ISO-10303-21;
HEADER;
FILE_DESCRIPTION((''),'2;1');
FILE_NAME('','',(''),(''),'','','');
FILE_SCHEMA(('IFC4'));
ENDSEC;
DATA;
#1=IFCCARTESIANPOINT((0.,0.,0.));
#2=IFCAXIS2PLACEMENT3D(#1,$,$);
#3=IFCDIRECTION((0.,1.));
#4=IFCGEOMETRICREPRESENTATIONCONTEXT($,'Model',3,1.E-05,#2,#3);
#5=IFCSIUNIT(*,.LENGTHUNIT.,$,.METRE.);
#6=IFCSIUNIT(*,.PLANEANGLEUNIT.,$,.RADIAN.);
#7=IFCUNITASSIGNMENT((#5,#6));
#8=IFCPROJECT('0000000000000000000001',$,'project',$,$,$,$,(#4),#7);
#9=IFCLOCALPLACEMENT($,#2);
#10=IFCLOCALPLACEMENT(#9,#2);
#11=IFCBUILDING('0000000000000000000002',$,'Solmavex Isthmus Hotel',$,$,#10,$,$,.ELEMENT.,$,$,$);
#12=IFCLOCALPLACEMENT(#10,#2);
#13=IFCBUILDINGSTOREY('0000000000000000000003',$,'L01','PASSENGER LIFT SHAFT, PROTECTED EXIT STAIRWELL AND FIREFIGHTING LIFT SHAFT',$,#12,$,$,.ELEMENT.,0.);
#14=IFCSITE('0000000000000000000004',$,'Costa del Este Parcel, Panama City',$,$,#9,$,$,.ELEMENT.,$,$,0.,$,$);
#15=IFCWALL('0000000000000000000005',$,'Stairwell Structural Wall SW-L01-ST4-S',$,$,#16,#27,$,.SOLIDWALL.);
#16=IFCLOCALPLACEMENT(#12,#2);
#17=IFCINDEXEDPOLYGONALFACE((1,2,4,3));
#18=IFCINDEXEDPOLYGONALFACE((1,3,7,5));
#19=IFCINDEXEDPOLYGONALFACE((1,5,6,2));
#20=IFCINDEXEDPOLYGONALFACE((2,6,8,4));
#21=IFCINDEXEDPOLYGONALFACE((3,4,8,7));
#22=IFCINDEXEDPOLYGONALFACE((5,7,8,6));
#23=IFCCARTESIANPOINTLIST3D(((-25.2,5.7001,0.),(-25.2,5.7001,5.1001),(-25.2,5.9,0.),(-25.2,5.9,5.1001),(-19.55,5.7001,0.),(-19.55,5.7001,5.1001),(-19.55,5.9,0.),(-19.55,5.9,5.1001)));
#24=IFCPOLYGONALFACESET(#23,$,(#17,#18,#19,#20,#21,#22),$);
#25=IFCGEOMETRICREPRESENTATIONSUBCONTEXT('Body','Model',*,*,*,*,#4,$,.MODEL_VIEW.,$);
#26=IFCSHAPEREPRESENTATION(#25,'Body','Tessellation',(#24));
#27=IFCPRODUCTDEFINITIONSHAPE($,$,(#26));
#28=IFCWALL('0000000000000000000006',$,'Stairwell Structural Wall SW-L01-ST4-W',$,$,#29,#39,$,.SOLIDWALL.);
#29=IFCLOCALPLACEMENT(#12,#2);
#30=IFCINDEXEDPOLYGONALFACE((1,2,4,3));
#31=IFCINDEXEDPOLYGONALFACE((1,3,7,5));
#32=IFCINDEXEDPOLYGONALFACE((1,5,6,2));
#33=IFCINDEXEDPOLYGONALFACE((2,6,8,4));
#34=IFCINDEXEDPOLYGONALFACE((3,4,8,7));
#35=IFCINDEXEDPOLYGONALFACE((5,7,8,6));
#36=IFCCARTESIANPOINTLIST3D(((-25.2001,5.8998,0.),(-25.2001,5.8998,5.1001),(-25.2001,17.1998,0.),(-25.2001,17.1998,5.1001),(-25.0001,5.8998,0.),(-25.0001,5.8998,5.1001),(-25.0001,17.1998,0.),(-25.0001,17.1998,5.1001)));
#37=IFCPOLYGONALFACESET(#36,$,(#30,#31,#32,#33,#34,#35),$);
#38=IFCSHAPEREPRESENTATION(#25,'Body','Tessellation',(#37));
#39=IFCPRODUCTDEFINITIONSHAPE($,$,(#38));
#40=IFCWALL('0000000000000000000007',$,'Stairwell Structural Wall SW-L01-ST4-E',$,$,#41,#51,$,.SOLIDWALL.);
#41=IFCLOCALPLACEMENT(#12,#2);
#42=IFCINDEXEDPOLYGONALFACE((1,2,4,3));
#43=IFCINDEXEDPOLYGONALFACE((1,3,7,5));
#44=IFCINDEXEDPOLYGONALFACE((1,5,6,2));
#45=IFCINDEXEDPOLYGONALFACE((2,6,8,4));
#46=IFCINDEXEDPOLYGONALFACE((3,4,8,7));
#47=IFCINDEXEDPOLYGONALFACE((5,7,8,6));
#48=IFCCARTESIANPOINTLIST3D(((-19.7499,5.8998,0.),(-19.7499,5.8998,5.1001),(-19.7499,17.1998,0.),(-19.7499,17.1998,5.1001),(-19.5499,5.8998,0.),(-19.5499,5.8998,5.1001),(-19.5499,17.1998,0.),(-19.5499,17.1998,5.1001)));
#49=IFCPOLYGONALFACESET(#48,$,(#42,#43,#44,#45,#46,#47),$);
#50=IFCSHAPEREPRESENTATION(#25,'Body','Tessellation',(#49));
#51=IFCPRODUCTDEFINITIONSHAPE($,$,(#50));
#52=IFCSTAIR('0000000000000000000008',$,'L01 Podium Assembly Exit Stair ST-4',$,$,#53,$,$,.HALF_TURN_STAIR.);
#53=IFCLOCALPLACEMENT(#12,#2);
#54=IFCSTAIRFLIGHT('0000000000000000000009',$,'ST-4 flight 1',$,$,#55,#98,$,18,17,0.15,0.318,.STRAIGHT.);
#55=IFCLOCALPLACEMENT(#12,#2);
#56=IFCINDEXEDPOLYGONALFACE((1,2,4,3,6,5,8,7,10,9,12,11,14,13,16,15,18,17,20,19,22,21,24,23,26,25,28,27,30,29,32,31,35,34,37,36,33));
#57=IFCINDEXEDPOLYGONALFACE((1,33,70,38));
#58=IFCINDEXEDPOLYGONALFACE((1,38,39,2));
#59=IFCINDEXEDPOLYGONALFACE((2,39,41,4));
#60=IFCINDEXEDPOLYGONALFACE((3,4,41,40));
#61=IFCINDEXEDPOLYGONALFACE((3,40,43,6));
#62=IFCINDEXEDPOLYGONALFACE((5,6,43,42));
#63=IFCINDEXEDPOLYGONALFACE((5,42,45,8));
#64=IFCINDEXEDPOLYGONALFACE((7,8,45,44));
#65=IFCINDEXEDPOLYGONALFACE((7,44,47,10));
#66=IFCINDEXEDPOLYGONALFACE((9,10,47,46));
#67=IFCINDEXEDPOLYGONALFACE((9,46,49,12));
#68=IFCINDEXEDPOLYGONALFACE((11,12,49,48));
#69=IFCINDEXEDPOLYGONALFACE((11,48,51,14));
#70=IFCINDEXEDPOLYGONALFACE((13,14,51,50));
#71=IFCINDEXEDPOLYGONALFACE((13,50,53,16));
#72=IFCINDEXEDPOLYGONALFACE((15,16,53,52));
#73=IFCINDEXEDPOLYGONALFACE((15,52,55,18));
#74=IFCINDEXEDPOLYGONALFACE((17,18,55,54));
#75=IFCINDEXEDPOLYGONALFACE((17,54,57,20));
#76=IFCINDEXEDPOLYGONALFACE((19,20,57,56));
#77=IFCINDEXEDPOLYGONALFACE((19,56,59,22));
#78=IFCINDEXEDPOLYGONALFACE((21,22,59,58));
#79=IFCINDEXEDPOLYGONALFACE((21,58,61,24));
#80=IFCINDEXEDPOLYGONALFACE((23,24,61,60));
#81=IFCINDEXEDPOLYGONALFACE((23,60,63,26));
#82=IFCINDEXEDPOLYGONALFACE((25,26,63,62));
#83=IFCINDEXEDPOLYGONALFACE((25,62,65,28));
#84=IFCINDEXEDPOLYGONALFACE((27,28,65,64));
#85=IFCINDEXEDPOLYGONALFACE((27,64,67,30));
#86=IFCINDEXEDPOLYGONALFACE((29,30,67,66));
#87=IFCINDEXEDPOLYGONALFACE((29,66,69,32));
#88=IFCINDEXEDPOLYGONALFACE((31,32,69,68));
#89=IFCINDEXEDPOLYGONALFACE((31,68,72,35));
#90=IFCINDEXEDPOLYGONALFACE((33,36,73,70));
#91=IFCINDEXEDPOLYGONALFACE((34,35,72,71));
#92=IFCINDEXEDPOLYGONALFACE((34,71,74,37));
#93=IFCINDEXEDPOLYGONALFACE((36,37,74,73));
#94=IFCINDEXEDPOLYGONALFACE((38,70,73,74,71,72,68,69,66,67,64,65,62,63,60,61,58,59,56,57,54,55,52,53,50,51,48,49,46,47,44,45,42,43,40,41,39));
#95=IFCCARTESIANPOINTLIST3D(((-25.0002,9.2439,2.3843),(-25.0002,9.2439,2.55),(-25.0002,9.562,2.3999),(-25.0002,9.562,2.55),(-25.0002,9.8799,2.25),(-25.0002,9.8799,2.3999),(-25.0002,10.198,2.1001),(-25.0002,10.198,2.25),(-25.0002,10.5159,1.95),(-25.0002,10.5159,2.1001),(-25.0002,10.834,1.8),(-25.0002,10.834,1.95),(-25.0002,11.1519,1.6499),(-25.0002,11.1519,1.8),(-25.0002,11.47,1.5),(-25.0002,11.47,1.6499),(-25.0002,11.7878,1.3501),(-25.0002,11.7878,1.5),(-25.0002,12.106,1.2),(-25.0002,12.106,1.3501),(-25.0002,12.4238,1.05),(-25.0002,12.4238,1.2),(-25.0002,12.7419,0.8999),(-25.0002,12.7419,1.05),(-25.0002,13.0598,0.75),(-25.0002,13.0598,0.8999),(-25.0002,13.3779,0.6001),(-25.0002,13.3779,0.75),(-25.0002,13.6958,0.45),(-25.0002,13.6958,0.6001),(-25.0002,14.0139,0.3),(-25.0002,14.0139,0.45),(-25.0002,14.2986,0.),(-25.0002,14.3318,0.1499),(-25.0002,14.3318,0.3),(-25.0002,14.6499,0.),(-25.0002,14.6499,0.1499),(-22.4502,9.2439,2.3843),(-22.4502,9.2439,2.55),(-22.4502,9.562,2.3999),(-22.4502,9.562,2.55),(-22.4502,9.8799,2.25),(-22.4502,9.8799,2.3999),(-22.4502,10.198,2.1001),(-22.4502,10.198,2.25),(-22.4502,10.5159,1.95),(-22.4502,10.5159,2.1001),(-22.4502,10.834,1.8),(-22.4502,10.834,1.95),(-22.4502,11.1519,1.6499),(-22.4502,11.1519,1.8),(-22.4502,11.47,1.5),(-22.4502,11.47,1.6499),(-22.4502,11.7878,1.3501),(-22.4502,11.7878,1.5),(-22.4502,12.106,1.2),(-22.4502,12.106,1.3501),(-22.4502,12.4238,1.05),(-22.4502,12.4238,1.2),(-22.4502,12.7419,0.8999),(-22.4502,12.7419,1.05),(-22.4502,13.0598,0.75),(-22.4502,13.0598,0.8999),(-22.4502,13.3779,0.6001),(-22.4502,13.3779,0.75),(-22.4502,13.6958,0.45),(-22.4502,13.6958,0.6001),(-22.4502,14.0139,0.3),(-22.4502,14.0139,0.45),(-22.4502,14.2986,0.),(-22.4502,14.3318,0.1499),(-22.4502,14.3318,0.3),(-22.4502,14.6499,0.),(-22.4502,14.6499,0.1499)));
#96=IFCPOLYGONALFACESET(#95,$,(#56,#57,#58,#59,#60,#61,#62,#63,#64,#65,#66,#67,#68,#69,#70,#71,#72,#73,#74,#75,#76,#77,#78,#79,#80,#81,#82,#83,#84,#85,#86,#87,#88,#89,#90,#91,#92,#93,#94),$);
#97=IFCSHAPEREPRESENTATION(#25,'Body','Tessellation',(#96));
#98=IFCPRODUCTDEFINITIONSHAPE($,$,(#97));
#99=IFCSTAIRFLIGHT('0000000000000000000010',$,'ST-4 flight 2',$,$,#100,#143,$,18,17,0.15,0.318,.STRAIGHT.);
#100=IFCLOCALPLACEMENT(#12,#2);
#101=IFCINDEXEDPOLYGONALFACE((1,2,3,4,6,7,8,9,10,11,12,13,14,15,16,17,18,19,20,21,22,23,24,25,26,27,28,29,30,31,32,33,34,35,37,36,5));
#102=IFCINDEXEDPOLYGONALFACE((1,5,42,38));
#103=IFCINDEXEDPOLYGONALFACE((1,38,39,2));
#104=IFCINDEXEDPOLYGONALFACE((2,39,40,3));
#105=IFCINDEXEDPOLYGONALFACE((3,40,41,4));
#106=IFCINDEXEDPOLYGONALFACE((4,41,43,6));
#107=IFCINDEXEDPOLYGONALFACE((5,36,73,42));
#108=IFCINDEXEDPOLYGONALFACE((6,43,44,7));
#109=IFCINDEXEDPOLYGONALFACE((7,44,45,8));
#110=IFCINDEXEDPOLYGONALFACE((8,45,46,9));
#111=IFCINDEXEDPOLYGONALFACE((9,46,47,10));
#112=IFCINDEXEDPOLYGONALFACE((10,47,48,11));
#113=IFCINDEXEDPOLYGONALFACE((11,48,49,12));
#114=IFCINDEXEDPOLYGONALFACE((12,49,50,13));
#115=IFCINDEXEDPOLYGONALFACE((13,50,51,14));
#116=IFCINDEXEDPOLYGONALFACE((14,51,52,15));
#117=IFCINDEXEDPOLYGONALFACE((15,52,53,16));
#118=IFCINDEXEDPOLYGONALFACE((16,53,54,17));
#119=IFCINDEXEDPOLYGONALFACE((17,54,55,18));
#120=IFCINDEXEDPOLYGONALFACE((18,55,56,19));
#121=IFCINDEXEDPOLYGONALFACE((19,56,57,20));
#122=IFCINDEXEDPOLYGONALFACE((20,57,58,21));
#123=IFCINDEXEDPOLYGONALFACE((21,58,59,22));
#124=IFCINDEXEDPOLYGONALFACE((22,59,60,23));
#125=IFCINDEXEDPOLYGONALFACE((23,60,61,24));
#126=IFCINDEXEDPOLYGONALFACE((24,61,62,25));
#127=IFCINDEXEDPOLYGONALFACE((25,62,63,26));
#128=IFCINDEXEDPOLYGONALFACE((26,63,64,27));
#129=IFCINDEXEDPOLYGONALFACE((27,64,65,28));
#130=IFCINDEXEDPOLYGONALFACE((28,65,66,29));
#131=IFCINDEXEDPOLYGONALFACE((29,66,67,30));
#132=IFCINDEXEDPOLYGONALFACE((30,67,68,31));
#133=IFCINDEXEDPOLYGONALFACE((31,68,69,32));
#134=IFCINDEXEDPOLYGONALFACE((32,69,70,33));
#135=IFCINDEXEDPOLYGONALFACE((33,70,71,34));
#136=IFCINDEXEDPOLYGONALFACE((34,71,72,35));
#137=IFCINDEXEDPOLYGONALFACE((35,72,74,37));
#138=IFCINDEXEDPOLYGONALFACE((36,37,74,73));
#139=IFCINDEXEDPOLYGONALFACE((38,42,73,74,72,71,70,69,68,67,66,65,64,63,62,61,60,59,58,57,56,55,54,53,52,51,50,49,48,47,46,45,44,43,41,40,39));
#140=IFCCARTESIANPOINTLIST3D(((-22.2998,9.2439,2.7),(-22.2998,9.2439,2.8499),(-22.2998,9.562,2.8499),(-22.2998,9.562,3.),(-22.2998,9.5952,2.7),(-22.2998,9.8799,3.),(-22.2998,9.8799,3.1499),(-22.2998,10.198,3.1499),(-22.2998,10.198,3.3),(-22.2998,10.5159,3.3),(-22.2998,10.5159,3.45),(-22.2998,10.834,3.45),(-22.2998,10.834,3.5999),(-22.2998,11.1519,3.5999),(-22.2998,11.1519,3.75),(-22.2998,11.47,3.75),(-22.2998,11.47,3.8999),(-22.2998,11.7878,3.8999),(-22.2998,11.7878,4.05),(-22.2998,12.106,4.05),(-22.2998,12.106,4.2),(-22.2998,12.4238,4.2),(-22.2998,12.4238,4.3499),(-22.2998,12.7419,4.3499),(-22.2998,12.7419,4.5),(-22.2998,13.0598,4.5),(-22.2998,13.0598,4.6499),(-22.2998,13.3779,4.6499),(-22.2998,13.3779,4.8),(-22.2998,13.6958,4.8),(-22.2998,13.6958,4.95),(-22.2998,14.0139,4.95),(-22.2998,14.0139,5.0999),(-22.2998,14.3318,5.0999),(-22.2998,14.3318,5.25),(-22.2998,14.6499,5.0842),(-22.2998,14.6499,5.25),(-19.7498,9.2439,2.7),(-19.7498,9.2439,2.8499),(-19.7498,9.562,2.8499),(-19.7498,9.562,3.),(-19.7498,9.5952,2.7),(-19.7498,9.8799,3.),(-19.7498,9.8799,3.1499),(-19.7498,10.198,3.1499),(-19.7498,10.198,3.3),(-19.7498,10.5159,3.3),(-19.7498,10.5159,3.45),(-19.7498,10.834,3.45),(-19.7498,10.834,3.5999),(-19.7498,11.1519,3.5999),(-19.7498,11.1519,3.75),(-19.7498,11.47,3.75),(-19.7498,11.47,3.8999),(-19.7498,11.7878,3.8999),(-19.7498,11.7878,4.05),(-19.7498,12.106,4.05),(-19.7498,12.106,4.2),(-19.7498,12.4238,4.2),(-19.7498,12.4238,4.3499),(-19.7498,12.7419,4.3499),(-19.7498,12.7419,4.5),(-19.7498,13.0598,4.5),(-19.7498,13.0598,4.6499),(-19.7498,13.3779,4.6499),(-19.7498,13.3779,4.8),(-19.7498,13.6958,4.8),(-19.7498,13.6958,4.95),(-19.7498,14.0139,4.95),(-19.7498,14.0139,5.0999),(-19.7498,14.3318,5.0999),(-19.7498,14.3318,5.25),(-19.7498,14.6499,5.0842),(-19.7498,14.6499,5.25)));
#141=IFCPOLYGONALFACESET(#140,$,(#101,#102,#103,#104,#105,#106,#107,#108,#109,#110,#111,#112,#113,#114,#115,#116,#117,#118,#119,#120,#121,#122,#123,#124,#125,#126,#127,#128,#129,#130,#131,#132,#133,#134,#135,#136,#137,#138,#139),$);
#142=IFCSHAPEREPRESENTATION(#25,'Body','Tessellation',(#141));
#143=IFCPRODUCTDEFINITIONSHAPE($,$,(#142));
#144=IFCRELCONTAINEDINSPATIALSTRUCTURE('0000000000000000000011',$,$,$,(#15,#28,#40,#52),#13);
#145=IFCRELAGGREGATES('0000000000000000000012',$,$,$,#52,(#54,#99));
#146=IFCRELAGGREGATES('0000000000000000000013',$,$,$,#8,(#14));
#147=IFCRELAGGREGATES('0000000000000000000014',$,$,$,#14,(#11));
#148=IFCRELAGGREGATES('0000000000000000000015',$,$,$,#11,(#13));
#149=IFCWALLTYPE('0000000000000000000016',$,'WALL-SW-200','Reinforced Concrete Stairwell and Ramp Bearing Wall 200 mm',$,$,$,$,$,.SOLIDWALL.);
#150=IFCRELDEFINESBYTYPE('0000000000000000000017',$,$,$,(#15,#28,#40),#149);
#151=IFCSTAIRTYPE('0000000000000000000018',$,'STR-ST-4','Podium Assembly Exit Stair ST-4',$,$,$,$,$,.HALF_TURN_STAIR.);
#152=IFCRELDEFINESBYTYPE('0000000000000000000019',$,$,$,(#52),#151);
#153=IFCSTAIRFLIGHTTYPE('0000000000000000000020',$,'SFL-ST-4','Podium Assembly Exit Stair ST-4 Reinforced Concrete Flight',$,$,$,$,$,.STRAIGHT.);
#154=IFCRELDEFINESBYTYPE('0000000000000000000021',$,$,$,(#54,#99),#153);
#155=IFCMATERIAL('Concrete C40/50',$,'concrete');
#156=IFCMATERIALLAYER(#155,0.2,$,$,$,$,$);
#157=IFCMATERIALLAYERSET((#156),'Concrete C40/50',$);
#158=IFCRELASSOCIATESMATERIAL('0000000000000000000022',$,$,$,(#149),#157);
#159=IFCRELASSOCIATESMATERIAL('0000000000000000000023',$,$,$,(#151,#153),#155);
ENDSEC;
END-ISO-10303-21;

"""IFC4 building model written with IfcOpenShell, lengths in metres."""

from ifc_helpers import new_model, si_unit, direction, frame, frame_2d, origin, place, context, subcontext, project, spatial, polyline, rectangle, outline, extrude, material, layer, layer_set, type_object, element, aggregate, save


model = new_model("IFC4")

# Units and contexts
model_context = context("Model", 3, precision=1e-05, world=origin(), true_north=direction((0.0, 1.0)))
body_context = subcontext(model_context, "Body", "Model", "MODEL_VIEW")
ifc_project = project(units=[si_unit("LENGTHUNIT", "METRE"), si_unit("PLANEANGLEUNIT", "RADIAN")], contexts=[model_context])

# Site, building, storey
site_placement = place(None, origin())
site = spatial("IfcSite", under=ifc_project, at=site_placement, Name="Costa del Este Parcel, Panama City", CompositionType="ELEMENT", RefElevation=0.0)
building_placement = place(site_placement, origin())
building = spatial("IfcBuilding", under=site, at=building_placement, Name="Solmavex Isthmus Hotel", CompositionType="ELEMENT")
storey_placement = place(building_placement, origin())
storey = spatial("IfcBuildingStorey", under=building, at=storey_placement, Name="L01", Description="PASSENGER LIFT SHAFT, PROTECTED EXIT STAIRWELL AND FIREFIGHTING LIFT SHAFT", CompositionType="ELEMENT", Elevation=0.0)

# Shared definitions
ifc_material_1 = material(Name="Concrete C40/50", Category="concrete")

# Walls
ifc_layer_1 = layer(ifc_material_1, 0.2)
ifc_layer_set_1 = layer_set([ifc_layer_1], Name="Concrete C40/50")
wall_type_1 = type_object("IfcWallType", Name="WALL-SW-200", Description="Reinforced Concrete Stairwell and Ramp Bearing Wall 200 mm", PredefinedType="SOLIDWALL", material=ifc_layer_set_1)
wall_1_placement = place(storey_placement, frame((-25.2, 5.8, 0.0), z_axis=(0.0, 0.0, 1.0), x_axis=(1.0, 0.0, 0.0)))
element("IfcWall", 1, at=wall_1_placement, inside=storey, type_object=wall_type_1, Name="Stairwell Structural Wall SW-L01-ST4-S", PredefinedType="SOLIDWALL", context=body_context, shape_type="SweptSolid", body=[
    extrude(rectangle(XDim=5.6499, YDim=0.2, at=frame_2d((2.825, 0.0))), origin(), (0.0, 0.0, 1.0), 5.1001),
])
for number, where, z_axis, x_axis, name in (
    (2, (-25.1001, 5.8999, 0.0), (0.0, 0.0, 1.0), (0.0, 1.0, 0.0), "Stairwell Structural Wall SW-L01-ST4-W"),
    (3, (-19.6499, 5.8999, 0.0), (0.0, 0.0, 1.0), (0.0, 1.0, 0.0), "Stairwell Structural Wall SW-L01-ST4-E"),
):
    element("IfcWall", number, at=place(storey_placement, frame(where, z_axis=z_axis, x_axis=x_axis)), inside=storey, type_object=wall_type_1, Name=name, PredefinedType="SOLIDWALL", context=body_context, shape_type="SweptSolid", body=[
        extrude(rectangle(XDim=11.3, YDim=0.2, at=frame_2d((5.6499, 0.0))), origin(), (0.0, 0.0, 1.0), 5.1001),
    ])

# Stair, stair flights
stair_type = type_object("IfcStairType", Name="STR-ST-4", Description="Podium Assembly Exit Stair ST-4", PredefinedType="HALF_TURN_STAIR", material=ifc_material_1)
stair_placement = place(storey_placement, origin())
stair = element("IfcStair", 4, at=stair_placement, inside=storey, type_object=stair_type, Name="L01 Podium Assembly Exit Stair ST-4", PredefinedType="HALF_TURN_STAIR")
stair_flight_type = type_object("IfcStairFlightType", Name="SFL-ST-4", Description="Podium Assembly Exit Stair ST-4 Reinforced Concrete Flight", PredefinedType="STRAIGHT", material=ifc_material_1)
stair_flight_1_placement = place(storey_placement, frame((-23.7251, 14.6499, 0.0), z_axis=(0.0, 0.0, 1.0), x_axis=(0.0, -1.0, 0.0)))
stair_flight_1 = element("IfcStairFlight", 5, at=stair_flight_1_placement, type_object=stair_flight_type, Name="ST-4 flight 1", NumberOfRisers=18, NumberOfTreads=17, PredefinedType="STRAIGHT", RiserHeight=0.15, TreadLength=0.318, context=body_context, shape_type="SweptSolid", body=[
    extrude(outline(polyline([(0.0, 0.0), (0.0, 0.1499), (0.3181, 0.1499), (0.3181, 0.3), (0.636, 0.3), (0.636, 0.45), (0.9541, 0.45), (0.9541, 0.6001), (1.272, 0.6001), (1.272, 0.75), (1.5901, 0.75), (1.5901, 0.8999), (1.908, 0.8999), (1.908, 1.05), (2.2261, 1.05), (2.2261, 1.2), (2.5439, 1.2), (2.5439, 1.3501), (2.8621, 1.3501), (2.8621, 1.5), (3.1799, 1.5), (3.1799, 1.6499), (3.498, 1.6499), (3.498, 1.8), (3.8159, 1.8), (3.8159, 1.95), (4.134, 1.95), (4.134, 2.1001), (4.4519, 2.1001), (4.4519, 2.25), (4.77, 2.25), (4.77, 2.3999), (5.0879, 2.3999), (5.0879, 2.55), (5.406, 2.55), (5.406, 2.7), (5.406, 2.3843), (0.3513, 0.0), (0.0, 0.0)])), frame((0.0, 1.2749, 0.0), z_axis=(0.0, -1.0, 0.0), x_axis=(1.0, 0.0, 0.0)), (0.0, 0.0, 1.0), 2.55),
])
stair_flight_2_placement = place(storey_placement, frame((-21.0249, 9.2439, 2.7), z_axis=(0.0, 0.0, 1.0), x_axis=(0.0, 1.0, 0.0)))
stair_flight_2 = element("IfcStairFlight", 6, at=stair_flight_2_placement, type_object=stair_flight_type, Name="ST-4 flight 2", NumberOfRisers=18, NumberOfTreads=17, PredefinedType="STRAIGHT", RiserHeight=0.15, TreadLength=0.318, context=body_context, shape_type="SweptSolid", body=[
    extrude(outline(polyline([(0.0, 0.0), (0.0, 0.1499), (0.3181, 0.1499), (0.3181, 0.3), (0.636, 0.3), (0.636, 0.45), (0.9541, 0.45), (0.9541, 0.6001), (1.272, 0.6001), (1.272, 0.75), (1.5901, 0.75), (1.5901, 0.8999), (1.908, 0.8999), (1.908, 1.05), (2.2261, 1.05), (2.2261, 1.2), (2.5439, 1.2), (2.5439, 1.3501), (2.8621, 1.3501), (2.8621, 1.5), (3.1799, 1.5), (3.1799, 1.6499), (3.498, 1.6499), (3.498, 1.8), (3.8159, 1.8), (3.8159, 1.95), (4.134, 1.95), (4.134, 2.1001), (4.4519, 2.1001), (4.4519, 2.25), (4.77, 2.25), (4.77, 2.3999), (5.0879, 2.3999), (5.0879, 2.55), (5.406, 2.55), (5.406, 2.7), (5.406, 2.3843), (0.3513, 0.0), (0.0, 0.0)])), frame((0.0, 1.2749, 0.0), z_axis=(0.0, -1.0, 0.0), x_axis=(1.0, 0.0, 0.0)), (0.0, 0.0, 1.0), 2.55),
])
aggregate(stair, [stair_flight_1, stair_flight_2])

save(model, "model.ifc")
